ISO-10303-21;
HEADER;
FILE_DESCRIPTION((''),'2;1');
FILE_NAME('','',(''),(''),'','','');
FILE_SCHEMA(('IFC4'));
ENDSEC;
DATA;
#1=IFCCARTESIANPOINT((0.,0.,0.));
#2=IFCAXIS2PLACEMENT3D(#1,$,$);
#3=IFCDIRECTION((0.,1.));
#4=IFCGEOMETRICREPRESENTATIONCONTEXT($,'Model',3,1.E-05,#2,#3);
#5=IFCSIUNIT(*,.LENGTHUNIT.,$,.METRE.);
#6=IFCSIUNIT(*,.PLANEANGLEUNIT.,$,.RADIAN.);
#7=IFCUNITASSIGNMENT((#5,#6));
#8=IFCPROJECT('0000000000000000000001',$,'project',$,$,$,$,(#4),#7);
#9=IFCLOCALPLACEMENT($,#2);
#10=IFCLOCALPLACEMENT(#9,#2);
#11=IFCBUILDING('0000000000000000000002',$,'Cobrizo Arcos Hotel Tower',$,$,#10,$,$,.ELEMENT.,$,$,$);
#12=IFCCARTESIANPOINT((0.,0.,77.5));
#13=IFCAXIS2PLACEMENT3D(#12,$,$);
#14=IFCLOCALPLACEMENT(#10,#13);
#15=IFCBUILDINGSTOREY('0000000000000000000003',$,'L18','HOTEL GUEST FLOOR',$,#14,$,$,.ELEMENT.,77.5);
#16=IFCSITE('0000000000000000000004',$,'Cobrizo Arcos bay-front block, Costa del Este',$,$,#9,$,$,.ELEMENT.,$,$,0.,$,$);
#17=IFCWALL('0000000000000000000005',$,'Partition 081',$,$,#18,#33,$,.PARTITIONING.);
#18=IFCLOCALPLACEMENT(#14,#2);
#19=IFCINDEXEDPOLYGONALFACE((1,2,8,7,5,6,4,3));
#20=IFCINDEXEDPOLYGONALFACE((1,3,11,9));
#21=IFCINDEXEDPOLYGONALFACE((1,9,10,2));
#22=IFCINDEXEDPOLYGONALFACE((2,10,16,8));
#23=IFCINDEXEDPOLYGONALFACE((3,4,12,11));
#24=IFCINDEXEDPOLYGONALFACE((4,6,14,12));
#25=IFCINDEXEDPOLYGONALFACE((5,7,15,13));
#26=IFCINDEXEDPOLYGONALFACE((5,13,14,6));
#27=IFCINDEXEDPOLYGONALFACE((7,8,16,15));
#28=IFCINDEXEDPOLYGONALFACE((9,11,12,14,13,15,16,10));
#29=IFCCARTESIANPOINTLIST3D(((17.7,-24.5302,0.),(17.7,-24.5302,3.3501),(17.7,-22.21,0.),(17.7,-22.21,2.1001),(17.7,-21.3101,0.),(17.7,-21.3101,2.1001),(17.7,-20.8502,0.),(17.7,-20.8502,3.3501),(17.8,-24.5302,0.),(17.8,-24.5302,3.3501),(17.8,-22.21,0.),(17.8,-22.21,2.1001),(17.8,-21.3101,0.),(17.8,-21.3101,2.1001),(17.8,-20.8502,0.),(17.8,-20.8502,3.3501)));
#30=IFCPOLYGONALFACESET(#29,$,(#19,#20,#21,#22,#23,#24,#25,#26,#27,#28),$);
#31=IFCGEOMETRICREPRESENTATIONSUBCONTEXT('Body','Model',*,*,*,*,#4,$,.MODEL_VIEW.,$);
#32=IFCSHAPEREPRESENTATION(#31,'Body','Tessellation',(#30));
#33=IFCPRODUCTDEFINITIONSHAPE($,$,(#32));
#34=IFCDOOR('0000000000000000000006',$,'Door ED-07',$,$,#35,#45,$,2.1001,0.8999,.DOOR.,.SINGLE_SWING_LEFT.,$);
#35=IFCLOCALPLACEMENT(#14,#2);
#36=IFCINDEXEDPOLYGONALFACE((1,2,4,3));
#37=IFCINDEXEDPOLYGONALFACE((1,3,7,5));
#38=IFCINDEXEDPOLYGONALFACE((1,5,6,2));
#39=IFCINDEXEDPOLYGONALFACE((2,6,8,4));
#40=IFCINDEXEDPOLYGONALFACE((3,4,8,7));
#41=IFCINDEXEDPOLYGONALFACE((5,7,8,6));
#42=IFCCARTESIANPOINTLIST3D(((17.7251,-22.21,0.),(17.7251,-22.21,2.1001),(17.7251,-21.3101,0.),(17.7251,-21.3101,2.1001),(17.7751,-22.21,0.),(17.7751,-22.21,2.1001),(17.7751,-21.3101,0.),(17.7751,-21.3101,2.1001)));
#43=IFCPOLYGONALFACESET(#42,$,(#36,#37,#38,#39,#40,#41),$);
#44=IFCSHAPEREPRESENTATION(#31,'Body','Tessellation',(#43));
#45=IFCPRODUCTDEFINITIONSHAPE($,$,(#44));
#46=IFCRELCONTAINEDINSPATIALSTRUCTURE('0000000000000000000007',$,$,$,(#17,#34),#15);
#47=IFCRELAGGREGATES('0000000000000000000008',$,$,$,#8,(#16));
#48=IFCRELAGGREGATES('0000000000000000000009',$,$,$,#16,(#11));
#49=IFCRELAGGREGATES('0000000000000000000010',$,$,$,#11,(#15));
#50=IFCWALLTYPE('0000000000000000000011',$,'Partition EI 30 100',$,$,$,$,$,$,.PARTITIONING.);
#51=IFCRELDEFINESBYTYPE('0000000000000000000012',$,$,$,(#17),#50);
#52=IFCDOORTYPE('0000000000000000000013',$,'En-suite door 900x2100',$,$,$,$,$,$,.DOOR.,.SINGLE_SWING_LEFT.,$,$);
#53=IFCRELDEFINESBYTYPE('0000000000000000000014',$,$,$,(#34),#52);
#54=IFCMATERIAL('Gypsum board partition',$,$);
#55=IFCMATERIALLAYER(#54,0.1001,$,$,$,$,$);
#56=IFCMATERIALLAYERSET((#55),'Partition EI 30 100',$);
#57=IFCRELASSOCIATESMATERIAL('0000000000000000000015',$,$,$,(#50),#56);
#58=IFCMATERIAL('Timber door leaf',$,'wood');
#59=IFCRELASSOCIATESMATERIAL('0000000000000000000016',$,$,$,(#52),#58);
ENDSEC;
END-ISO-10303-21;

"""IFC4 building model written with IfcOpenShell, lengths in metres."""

from ifc_helpers import new_model, si_unit, direction, frame, frame_2d, origin, place, context, subcontext, project, spatial, rectangle, extrude, material, layer, layer_set, type_object, element, fill, save


model = new_model("IFC4")

# Units and contexts
model_context = context("Model", 3, precision=1e-05, world=origin(), true_north=direction((0.0, 1.0)))
body_context = subcontext(model_context, "Body", "Model", "MODEL_VIEW")
ifc_project = project(units=[si_unit("LENGTHUNIT", "METRE"), si_unit("PLANEANGLEUNIT", "RADIAN")], contexts=[model_context])

# Site, building, storey
site_placement = place(None, origin())
site = spatial("IfcSite", under=ifc_project, at=site_placement, Name="Cobrizo Arcos bay-front block, Costa del Este", CompositionType="ELEMENT", RefElevation=0.0)
building_placement = place(site_placement, origin())
building = spatial("IfcBuilding", under=site, at=building_placement, Name="Cobrizo Arcos Hotel Tower", CompositionType="ELEMENT")
storey_placement = place(building_placement, frame((0.0, 0.0, 77.5)))
storey = spatial("IfcBuildingStorey", under=building, at=storey_placement, Name="L18", Description="HOTEL GUEST FLOOR", CompositionType="ELEMENT", Elevation=77.5)

# Wall, opening, door
ifc_material_1 = material(Name="Gypsum board partition")
ifc_layer_1 = layer(ifc_material_1, 0.1001)
ifc_layer_set_1 = layer_set([ifc_layer_1], Name="Partition EI 30 100")
wall_type = type_object("IfcWallType", Name="Partition EI 30 100", PredefinedType="PARTITIONING", material=ifc_layer_set_1)
wall_placement = place(storey_placement, frame((17.75, -24.53, 0.0), z_axis=(0.0, 0.0, 1.0), x_axis=(0.0, 1.0, 0.0)))
wall = element("IfcWall", 1, at=wall_placement, inside=storey, type_object=wall_type, Name="Partition 081", PredefinedType="PARTITIONING", context=body_context, shape_type="SweptSolid", body=[
    extrude(rectangle(XDim=3.6799, YDim=0.1001, at=frame_2d((1.8398, 0.0))), origin(), (0.0, 0.0, 1.0), 3.3501),
])
opening_placement = place(wall_placement, frame((2.3201, 0.0, 0.0)))
opening = element("IfcOpeningElement", 2, at=opening_placement, cuts=wall, PredefinedType="OPENING", context=body_context, shape_type="SweptSolid", body=[
    extrude(rectangle(XDim=0.8999, YDim=2.1001, at=frame_2d((0.45, 1.05))), frame((0.0, 0.062, 0.0), z_axis=(0.0, -1.0, 0.0), x_axis=(1.0, 0.0, 0.0)), (0.0, 0.0, 1.0), 0.124),
])
ifc_material_2 = material(Name="Timber door leaf", Category="wood")
door_type = type_object("IfcDoorType", Name="En-suite door 900x2100", OperationType="SINGLE_SWING_LEFT", PredefinedType="DOOR", material=ifc_material_2)
door_placement = place(opening_placement, origin())
door = element("IfcDoor", 3, at=door_placement, inside=storey, type_object=door_type, Name="Door ED-07", OperationType="SINGLE_SWING_LEFT", OverallHeight=2.1001, OverallWidth=0.8999, PredefinedType="DOOR", context=body_context, shape_type="SweptSolid", body=[
    extrude(rectangle(XDim=0.8999, YDim=2.1001, at=frame_2d((0.45, 1.05))), frame((0.0, 0.0249, 0.0), z_axis=(0.0, -1.0, 0.0), x_axis=(1.0, 0.0, 0.0)), (0.0, 0.0, 1.0), 0.05),
])
fill(opening, door)

save(model, "model.ifc")
